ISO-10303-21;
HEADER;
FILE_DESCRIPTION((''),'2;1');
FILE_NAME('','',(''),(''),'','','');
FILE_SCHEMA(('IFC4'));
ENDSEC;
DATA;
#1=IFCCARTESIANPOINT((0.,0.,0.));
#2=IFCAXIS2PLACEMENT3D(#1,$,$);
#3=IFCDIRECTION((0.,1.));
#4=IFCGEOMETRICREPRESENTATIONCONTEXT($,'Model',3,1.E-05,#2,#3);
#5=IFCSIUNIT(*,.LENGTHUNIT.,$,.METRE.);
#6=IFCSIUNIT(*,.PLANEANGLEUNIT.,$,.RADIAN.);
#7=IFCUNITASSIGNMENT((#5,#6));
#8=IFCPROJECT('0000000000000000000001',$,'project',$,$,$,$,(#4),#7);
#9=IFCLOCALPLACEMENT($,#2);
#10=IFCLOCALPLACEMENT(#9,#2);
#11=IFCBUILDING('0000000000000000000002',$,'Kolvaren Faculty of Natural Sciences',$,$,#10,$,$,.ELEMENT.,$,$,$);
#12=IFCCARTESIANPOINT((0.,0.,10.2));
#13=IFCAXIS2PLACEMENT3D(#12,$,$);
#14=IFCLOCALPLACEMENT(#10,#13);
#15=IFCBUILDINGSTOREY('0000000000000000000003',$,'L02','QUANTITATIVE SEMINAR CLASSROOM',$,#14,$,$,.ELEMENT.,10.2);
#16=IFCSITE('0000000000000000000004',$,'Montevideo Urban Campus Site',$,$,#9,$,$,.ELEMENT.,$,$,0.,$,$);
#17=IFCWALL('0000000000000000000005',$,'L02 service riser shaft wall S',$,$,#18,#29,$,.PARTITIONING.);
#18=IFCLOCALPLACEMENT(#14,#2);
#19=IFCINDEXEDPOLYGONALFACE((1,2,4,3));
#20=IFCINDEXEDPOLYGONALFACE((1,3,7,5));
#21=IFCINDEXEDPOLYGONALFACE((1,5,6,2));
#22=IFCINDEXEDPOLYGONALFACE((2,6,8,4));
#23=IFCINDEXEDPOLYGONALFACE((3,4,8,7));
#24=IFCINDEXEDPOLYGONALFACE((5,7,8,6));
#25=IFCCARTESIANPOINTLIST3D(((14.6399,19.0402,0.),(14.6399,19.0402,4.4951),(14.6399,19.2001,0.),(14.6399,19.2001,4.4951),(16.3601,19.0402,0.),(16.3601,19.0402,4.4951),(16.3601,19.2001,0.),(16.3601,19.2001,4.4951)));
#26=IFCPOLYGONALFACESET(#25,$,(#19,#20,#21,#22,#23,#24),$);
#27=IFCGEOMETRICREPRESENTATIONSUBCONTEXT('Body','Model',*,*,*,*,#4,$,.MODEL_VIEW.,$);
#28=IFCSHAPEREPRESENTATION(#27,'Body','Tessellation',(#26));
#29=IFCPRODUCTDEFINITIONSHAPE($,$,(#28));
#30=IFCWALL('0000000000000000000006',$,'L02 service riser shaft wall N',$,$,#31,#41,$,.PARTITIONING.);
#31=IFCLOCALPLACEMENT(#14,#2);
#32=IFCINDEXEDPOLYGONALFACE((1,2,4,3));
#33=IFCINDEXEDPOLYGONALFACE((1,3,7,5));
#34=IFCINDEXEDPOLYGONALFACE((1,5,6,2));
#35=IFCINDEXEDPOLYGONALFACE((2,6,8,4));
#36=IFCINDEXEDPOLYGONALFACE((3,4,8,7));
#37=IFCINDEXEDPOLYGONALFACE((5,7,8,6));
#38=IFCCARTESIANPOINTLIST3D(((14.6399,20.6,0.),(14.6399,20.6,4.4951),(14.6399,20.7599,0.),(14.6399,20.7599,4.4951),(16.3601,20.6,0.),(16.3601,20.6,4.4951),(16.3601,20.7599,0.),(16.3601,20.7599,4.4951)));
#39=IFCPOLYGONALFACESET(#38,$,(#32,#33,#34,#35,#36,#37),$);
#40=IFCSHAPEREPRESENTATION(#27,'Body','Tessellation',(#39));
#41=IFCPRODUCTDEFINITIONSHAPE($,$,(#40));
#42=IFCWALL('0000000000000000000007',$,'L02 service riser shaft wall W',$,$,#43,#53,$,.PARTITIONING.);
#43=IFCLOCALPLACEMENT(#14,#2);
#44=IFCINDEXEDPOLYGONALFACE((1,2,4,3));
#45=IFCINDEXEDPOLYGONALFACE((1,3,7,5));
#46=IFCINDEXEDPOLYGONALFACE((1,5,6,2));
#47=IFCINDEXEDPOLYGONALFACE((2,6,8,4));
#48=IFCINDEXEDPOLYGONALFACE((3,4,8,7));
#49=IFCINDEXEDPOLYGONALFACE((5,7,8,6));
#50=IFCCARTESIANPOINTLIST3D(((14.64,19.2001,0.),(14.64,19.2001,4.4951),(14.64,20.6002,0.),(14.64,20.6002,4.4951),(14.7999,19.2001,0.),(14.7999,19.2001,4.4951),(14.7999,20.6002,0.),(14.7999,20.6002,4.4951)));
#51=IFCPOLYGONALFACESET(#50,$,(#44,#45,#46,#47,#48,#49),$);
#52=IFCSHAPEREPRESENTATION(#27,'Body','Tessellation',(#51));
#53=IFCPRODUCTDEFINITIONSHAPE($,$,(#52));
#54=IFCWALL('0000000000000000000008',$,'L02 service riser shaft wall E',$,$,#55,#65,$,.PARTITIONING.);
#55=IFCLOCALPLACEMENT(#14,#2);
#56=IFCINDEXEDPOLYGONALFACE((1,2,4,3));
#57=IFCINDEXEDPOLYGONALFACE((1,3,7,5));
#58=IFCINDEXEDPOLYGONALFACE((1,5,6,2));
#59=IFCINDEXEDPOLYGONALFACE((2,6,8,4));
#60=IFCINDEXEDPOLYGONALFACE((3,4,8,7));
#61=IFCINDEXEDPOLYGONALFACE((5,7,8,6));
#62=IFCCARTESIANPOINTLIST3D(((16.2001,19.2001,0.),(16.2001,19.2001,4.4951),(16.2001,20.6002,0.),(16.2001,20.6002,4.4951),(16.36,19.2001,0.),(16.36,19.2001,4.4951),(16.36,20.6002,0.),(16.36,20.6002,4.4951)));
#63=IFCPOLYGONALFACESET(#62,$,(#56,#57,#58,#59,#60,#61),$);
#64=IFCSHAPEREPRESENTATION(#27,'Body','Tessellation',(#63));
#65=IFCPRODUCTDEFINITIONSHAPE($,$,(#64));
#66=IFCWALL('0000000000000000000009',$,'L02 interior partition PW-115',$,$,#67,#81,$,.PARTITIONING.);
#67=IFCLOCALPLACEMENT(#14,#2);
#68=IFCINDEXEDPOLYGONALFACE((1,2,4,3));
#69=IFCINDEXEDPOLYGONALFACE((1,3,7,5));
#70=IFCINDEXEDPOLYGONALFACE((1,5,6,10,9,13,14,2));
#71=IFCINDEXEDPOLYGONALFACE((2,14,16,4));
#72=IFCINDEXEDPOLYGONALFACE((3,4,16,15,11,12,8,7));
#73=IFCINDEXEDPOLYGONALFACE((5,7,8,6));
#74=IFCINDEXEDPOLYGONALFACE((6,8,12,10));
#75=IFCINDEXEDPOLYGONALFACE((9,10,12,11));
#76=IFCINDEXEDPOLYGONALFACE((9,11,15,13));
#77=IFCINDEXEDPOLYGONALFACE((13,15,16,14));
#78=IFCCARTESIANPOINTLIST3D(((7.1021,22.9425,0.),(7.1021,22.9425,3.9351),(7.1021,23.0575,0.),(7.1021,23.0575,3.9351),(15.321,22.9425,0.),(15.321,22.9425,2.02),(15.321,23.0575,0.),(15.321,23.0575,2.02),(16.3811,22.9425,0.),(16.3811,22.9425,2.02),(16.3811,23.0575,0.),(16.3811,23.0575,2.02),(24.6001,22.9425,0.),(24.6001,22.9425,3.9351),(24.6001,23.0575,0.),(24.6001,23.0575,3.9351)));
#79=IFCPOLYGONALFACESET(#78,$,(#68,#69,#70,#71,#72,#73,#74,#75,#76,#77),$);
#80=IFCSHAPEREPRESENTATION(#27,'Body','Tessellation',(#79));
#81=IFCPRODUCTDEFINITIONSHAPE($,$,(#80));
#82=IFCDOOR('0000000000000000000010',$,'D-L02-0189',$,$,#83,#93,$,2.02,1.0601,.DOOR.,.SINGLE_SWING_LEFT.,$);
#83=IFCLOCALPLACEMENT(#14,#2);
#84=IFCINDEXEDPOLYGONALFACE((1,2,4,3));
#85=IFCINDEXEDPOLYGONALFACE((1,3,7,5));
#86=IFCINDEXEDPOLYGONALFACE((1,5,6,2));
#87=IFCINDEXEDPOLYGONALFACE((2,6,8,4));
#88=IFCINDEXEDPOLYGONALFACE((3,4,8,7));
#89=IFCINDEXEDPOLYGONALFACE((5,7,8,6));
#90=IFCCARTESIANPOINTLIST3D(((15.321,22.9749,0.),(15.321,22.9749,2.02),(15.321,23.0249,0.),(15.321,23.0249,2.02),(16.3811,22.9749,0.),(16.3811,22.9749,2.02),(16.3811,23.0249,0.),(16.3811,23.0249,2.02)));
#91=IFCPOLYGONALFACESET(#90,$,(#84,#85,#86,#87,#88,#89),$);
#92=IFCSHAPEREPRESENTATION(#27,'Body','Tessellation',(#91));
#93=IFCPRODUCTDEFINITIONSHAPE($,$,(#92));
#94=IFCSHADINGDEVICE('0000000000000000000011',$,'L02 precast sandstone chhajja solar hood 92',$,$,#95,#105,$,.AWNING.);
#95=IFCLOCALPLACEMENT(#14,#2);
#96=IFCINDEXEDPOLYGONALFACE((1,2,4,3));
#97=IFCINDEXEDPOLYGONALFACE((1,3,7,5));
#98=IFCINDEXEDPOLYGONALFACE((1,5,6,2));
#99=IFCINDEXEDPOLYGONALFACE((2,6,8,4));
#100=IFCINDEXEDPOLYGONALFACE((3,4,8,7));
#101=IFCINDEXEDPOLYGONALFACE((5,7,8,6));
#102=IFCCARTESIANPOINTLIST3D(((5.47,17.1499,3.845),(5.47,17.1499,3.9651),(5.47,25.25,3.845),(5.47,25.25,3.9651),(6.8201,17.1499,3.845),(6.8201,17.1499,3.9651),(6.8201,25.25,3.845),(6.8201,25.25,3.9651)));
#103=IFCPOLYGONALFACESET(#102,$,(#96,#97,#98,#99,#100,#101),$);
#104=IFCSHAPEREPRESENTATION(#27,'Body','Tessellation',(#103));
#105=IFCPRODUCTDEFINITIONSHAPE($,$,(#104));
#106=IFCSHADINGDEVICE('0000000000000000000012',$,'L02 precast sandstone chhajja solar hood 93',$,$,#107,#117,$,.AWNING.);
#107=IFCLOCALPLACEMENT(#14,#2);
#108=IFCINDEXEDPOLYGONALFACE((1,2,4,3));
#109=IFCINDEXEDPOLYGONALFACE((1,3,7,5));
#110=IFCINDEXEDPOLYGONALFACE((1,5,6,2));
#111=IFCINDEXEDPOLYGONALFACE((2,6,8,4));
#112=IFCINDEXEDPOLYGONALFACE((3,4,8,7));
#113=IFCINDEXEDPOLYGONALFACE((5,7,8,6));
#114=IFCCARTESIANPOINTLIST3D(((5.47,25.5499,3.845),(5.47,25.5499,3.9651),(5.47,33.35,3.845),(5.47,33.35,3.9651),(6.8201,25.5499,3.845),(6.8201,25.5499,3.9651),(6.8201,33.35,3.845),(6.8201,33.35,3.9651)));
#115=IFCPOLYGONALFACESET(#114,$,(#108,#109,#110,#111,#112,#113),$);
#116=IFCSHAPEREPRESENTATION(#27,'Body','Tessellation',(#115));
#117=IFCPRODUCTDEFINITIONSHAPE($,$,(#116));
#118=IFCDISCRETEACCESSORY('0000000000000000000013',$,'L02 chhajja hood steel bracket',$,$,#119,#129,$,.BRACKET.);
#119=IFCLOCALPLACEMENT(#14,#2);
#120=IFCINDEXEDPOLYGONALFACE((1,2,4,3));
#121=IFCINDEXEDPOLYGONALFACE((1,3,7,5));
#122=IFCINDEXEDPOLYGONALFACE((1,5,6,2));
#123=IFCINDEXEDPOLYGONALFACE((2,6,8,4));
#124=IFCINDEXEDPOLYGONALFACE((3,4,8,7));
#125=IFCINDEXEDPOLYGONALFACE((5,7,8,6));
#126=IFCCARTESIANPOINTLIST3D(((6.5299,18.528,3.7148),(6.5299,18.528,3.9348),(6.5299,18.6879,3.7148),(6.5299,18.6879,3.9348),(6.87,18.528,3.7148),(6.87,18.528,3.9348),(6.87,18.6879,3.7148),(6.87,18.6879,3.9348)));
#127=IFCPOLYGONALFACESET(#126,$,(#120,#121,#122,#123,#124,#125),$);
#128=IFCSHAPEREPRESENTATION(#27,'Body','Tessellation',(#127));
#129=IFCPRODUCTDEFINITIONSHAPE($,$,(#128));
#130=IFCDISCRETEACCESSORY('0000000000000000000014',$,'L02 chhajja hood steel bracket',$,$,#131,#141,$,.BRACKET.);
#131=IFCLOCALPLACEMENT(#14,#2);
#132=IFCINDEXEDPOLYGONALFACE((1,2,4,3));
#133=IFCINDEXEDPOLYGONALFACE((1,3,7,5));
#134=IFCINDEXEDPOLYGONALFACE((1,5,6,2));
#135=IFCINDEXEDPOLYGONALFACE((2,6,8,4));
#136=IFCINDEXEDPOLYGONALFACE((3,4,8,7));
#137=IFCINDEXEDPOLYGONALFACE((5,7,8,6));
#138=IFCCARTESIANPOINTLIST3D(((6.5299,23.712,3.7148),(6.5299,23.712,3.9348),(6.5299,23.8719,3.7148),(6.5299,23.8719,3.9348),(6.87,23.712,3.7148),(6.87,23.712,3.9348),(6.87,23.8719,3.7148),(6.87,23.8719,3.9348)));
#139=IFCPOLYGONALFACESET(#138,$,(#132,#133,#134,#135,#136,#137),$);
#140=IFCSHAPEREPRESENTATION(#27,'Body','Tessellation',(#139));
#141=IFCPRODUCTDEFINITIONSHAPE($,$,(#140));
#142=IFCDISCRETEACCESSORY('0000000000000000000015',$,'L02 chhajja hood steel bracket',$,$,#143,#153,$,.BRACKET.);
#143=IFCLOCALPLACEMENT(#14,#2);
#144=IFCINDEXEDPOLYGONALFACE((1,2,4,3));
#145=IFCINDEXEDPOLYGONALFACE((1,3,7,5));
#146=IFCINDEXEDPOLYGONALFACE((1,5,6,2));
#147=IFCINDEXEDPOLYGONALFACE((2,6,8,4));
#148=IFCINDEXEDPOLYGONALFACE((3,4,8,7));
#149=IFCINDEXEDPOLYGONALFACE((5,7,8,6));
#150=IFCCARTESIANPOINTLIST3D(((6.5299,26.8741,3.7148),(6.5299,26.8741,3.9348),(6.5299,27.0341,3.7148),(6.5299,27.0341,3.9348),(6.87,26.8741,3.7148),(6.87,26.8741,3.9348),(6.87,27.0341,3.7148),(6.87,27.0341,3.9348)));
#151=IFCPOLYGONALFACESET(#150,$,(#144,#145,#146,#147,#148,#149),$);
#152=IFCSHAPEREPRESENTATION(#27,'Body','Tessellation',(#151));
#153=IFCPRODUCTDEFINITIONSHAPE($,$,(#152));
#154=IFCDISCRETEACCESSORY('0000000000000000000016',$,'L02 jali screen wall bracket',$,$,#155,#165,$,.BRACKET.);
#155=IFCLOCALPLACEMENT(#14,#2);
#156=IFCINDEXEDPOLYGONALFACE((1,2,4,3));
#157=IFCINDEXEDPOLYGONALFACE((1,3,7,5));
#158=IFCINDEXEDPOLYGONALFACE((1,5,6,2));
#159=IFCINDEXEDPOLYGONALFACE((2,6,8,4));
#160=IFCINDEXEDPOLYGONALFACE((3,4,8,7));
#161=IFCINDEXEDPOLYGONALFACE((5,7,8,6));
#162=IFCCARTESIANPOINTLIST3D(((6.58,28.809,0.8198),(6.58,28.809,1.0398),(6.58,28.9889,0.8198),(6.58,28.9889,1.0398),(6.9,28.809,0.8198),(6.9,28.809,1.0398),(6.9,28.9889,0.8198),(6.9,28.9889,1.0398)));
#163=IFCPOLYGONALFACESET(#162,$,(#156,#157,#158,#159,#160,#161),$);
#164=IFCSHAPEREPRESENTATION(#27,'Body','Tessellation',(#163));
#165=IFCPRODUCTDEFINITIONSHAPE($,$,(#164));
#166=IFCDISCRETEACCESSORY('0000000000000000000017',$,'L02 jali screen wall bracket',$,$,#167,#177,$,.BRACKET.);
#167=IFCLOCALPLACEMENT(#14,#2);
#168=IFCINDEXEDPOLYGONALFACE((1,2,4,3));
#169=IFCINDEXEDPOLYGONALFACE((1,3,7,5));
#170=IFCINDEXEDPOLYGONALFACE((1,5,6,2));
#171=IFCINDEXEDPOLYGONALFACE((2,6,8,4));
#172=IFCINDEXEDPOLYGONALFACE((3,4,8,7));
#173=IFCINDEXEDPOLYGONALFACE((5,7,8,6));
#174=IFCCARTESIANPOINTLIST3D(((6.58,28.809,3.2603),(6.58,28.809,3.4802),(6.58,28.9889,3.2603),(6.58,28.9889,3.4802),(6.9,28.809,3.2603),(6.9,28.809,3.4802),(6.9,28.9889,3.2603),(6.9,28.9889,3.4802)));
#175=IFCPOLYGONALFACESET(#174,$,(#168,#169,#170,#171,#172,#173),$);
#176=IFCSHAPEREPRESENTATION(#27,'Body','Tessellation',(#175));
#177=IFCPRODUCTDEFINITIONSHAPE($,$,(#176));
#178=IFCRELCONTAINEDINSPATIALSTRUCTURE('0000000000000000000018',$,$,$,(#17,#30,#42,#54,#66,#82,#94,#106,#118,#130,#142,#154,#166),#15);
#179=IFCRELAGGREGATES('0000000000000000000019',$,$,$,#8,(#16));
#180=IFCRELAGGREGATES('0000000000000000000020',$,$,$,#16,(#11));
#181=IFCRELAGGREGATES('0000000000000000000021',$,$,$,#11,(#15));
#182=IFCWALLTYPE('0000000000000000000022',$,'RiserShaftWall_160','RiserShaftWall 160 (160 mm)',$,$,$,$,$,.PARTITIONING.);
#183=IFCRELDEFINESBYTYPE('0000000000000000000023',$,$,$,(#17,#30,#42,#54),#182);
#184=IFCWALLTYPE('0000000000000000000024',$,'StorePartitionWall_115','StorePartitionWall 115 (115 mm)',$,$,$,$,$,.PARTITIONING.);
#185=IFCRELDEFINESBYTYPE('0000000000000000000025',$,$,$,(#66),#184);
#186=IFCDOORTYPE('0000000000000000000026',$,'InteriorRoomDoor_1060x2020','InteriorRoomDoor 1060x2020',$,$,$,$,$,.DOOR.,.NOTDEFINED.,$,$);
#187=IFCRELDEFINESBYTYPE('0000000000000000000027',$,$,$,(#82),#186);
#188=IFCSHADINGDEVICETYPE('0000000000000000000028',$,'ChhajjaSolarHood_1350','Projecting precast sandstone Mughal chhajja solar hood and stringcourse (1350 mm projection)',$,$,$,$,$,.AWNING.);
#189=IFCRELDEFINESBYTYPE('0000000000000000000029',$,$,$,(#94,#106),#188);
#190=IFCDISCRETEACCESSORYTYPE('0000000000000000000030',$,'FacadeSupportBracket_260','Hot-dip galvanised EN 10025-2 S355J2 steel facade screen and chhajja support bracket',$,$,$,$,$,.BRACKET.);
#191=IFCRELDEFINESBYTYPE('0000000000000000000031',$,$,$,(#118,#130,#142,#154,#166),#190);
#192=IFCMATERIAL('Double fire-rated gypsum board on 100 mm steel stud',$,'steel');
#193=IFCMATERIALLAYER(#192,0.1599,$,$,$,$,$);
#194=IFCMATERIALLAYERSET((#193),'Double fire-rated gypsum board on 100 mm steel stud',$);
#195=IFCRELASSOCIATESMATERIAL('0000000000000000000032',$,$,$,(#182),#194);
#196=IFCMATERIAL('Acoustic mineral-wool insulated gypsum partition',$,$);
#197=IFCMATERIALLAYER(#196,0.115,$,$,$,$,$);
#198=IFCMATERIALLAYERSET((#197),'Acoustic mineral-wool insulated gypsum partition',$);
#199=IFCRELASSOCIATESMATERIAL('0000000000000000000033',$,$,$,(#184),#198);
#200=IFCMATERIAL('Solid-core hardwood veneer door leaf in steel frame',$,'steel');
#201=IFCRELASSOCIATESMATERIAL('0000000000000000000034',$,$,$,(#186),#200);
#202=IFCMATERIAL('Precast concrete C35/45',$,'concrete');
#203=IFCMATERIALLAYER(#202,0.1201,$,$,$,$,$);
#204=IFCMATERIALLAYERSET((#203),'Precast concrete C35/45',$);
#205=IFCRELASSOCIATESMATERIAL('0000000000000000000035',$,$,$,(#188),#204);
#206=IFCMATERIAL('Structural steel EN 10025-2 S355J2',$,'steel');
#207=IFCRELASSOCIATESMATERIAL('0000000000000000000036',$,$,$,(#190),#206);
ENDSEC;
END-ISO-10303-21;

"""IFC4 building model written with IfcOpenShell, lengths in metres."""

from ifc_helpers import new_model, si_unit, direction, frame, frame_2d, origin, origin_2d, place, context, subcontext, project, spatial, rectangle, extrude, material, layer, layer_set, type_object, element, fill, save


model = new_model("IFC4")

# Units and contexts
model_context = context("Model", 3, precision=1e-05, world=origin(), true_north=direction((0.0, 1.0)))
body_context = subcontext(model_context, "Body", "Model", "MODEL_VIEW")
ifc_project = project(units=[si_unit("LENGTHUNIT", "METRE"), si_unit("PLANEANGLEUNIT", "RADIAN")], contexts=[model_context])

# Site, building, storey
site_placement = place(None, origin())
site = spatial("IfcSite", under=ifc_project, at=site_placement, Name="Montevideo Urban Campus Site", CompositionType="ELEMENT", RefElevation=0.0)
building_placement = place(site_placement, origin())
building = spatial("IfcBuilding", under=site, at=building_placement, Name="Kolvaren Faculty of Natural Sciences", CompositionType="ELEMENT")
storey_placement = place(building_placement, frame((0.0, 0.0, 10.2)))
storey = spatial("IfcBuildingStorey", under=building, at=storey_placement, Name="L02", Description="QUANTITATIVE SEMINAR CLASSROOM", CompositionType="ELEMENT", Elevation=10.2)

# Walls
ifc_material_1 = material(Name="Acoustic mineral-wool insulated gypsum partition")
ifc_material_2 = material(Name="Double fire-rated gypsum board on 100 mm steel stud", Category="steel")
ifc_layer_1 = layer(ifc_material_2, 0.1599)
ifc_layer_set_1 = layer_set([ifc_layer_1], Name="Double fire-rated gypsum board on 100 mm steel stud")
wall_type_1 = type_object("IfcWallType", Name="RiserShaftWall_160", Description="RiserShaftWall 160 (160 mm)", PredefinedType="PARTITIONING", material=ifc_layer_set_1)
for number, where, z_axis, x_axis, name in (
    (1, (14.6399, 19.1201, 0.0), (0.0, 0.0, 1.0), (1.0, 0.0, 0.0), "L02 service riser shaft wall S"),
    (2, (14.6399, 20.6799, 0.0), (0.0, 0.0, 1.0), (1.0, 0.0, 0.0), "L02 service riser shaft wall N"),
):
    element("IfcWall", number, at=place(storey_placement, frame(where, z_axis=z_axis, x_axis=x_axis)), inside=storey, type_object=wall_type_1, Name=name, PredefinedType="PARTITIONING", context=body_context, shape_type="SweptSolid", body=[
        extrude(rectangle(XDim=1.7202, YDim=0.1599, at=frame_2d((0.8601, 0.0))), origin(), (0.0, 0.0, 1.0), 4.4951),
    ])
for number, where, z_axis, x_axis, name in (
    (3, (14.72, 19.2, 0.0), (0.0, 0.0, 1.0), (0.0, 1.0, 0.0), "L02 service riser shaft wall W"),
    (4, (16.28, 19.2, 0.0), (0.0, 0.0, 1.0), (0.0, 1.0, 0.0), "L02 service riser shaft wall E"),
):
    element("IfcWall", number, at=place(storey_placement, frame(where, z_axis=z_axis, x_axis=x_axis)), inside=storey, type_object=wall_type_1, Name=name, PredefinedType="PARTITIONING", context=body_context, shape_type="SweptSolid", body=[
        extrude(rectangle(XDim=1.4001, YDim=0.1599, at=frame_2d((0.7002, 0.0))), origin(), (0.0, 0.0, 1.0), 4.4951),
    ])

# Wall, opening, door
ifc_layer_2 = layer(ifc_material_1, 0.115)
ifc_layer_set_2 = layer_set([ifc_layer_2], Name="Acoustic mineral-wool insulated gypsum partition")
wall_type_2 = type_object("IfcWallType", Name="StorePartitionWall_115", Description="StorePartitionWall 115 (115 mm)", PredefinedType="PARTITIONING", material=ifc_layer_set_2)
wall_1_placement = place(storey_placement, frame((7.1021, 23.0, 0.0), z_axis=(0.0, 0.0, 1.0), x_axis=(1.0, 0.0, 0.0)))
wall_1 = element("IfcWall", 5, at=wall_1_placement, inside=storey, type_object=wall_type_2, Name="L02 interior partition PW-115", PredefinedType="PARTITIONING", context=body_context, shape_type="SweptSolid", body=[
    extrude(rectangle(XDim=17.498, YDim=0.115, at=frame_2d((8.749, 0.0))), origin(), (0.0, 0.0, 1.0), 3.9351),
])
opening_1_placement = place(wall_1_placement, frame((8.219, 0.0, 0.0)))
opening_1 = element("IfcOpeningElement", 6, at=opening_1_placement, cuts=wall_1, PredefinedType="OPENING", context=body_context, shape_type="SweptSolid", body=[
    extrude(rectangle(XDim=1.0601, YDim=2.02, at=frame_2d((0.53, 1.01))), frame((0.0, 0.0674, 0.0), z_axis=(0.0, -1.0, 0.0), x_axis=(1.0, 0.0, 0.0)), (0.0, 0.0, 1.0), 0.135),
])
ifc_material_3 = material(Name="Solid-core hardwood veneer door leaf in steel frame", Category="steel")
door_type = type_object("IfcDoorType", Name="InteriorRoomDoor_1060x2020", Description="InteriorRoomDoor 1060x2020", OperationType="NOTDEFINED", PredefinedType="DOOR", material=ifc_material_3)
door_placement = place(opening_1_placement, origin())
door = element("IfcDoor", 7, at=door_placement, inside=storey, type_object=door_type, Name="D-L02-0189", OperationType="SINGLE_SWING_LEFT", OverallHeight=2.02, OverallWidth=1.0601, PredefinedType="DOOR", context=body_context, shape_type="SweptSolid", body=[
    extrude(rectangle(XDim=1.0601, YDim=2.02, at=frame_2d((0.53, 1.01))), frame((0.0, 0.0249, 0.0), z_axis=(0.0, -1.0, 0.0), x_axis=(1.0, 0.0, 0.0)), (0.0, 0.0, 1.0), 0.05),
])
fill(opening_1, door)

# Shading devices
ifc_material_4 = material(Name="Precast concrete C35/45", Category="concrete")
ifc_layer_3 = layer(ifc_material_4, 0.1201)
ifc_layer_set_3 = layer_set([ifc_layer_3], Name="Precast concrete C35/45")
shading_device_type = type_object("IfcShadingDeviceType", Name="ChhajjaSolarHood_1350", Description="Projecting precast sandstone Mughal chhajja solar hood and stringcourse (1350 mm projection)", PredefinedType="AWNING", material=ifc_layer_set_3)
shading_device_1_placement = place(storey_placement, frame((6.145, 21.2, 3.845), z_axis=(0.0, 0.0, 1.0), x_axis=(0.0, 1.0, 0.0)))
element("IfcShadingDevice", 8, at=shading_device_1_placement, inside=storey, type_object=shading_device_type, Name="L02 precast sandstone chhajja solar hood 92", PredefinedType="AWNING", context=body_context, shape_type="SweptSolid", body=[
    extrude(rectangle(XDim=8.1001, YDim=1.3501, at=origin_2d()), origin(), (0.0, 0.0, 1.0), 0.1201),
])
shading_device_2_placement = place(storey_placement, frame((6.145, 29.45, 3.845), z_axis=(0.0, 0.0, 1.0), x_axis=(0.0, 1.0, 0.0)))
element("IfcShadingDevice", 9, at=shading_device_2_placement, inside=storey, type_object=shading_device_type, Name="L02 precast sandstone chhajja solar hood 93", PredefinedType="AWNING", context=body_context, shape_type="SweptSolid", body=[
    extrude(rectangle(XDim=7.8, YDim=1.3501, at=origin_2d()), origin(), (0.0, 0.0, 1.0), 0.1201),
])

# Discrete accessories
ifc_material_5 = material(Name="Structural steel EN 10025-2 S355J2", Category="steel")
discrete_accessory_type = type_object("IfcDiscreteAccessoryType", Name="FacadeSupportBracket_260", Description="Hot-dip galvanised EN 10025-2 S355J2 steel facade screen and chhajja support bracket", PredefinedType="BRACKET", material=ifc_material_5)
for number, where, z_axis, x_axis, name in (
    (10, (6.7, 18.6079, 3.7148), (0.0, 0.0, 1.0), (0.0, 1.0, 0.0), "L02 chhajja hood steel bracket"),
    (11, (6.7, 23.792, 3.7148), (0.0, 0.0, 1.0), (0.0, 1.0, 0.0), "L02 chhajja hood steel bracket"),
    (12, (6.7, 26.9541, 3.7148), (0.0, 0.0, 1.0), (0.0, 1.0, 0.0), "L02 chhajja hood steel bracket"),
):
    element("IfcDiscreteAccessory", number, at=place(storey_placement, frame(where, z_axis=z_axis, x_axis=x_axis)), inside=storey, type_object=discrete_accessory_type, Name=name, PredefinedType="BRACKET", context=body_context, shape_type="SweptSolid", body=[
        extrude(rectangle(XDim=0.1599, YDim=0.3401, at=origin_2d()), origin(), (0.0, 0.0, 1.0), 0.22),
    ])
for number, where, z_axis, x_axis, name in (
    (13, (6.74, 28.8989, 0.8198), (0.0, 0.0, 1.0), (0.0, 1.0, 0.0), "L02 jali screen wall bracket"),
    (14, (6.74, 28.8989, 3.2603), (0.0, 0.0, 1.0), (0.0, 1.0, 0.0), "L02 jali screen wall bracket"),
):
    element("IfcDiscreteAccessory", number, at=place(storey_placement, frame(where, z_axis=z_axis, x_axis=x_axis)), inside=storey, type_object=discrete_accessory_type, Name=name, PredefinedType="BRACKET", context=body_context, shape_type="SweptSolid", body=[
        extrude(rectangle(XDim=0.1799, YDim=0.3201, at=origin_2d()), origin(), (0.0, 0.0, 1.0), 0.22),
    ])

save(model, "model.ifc")
